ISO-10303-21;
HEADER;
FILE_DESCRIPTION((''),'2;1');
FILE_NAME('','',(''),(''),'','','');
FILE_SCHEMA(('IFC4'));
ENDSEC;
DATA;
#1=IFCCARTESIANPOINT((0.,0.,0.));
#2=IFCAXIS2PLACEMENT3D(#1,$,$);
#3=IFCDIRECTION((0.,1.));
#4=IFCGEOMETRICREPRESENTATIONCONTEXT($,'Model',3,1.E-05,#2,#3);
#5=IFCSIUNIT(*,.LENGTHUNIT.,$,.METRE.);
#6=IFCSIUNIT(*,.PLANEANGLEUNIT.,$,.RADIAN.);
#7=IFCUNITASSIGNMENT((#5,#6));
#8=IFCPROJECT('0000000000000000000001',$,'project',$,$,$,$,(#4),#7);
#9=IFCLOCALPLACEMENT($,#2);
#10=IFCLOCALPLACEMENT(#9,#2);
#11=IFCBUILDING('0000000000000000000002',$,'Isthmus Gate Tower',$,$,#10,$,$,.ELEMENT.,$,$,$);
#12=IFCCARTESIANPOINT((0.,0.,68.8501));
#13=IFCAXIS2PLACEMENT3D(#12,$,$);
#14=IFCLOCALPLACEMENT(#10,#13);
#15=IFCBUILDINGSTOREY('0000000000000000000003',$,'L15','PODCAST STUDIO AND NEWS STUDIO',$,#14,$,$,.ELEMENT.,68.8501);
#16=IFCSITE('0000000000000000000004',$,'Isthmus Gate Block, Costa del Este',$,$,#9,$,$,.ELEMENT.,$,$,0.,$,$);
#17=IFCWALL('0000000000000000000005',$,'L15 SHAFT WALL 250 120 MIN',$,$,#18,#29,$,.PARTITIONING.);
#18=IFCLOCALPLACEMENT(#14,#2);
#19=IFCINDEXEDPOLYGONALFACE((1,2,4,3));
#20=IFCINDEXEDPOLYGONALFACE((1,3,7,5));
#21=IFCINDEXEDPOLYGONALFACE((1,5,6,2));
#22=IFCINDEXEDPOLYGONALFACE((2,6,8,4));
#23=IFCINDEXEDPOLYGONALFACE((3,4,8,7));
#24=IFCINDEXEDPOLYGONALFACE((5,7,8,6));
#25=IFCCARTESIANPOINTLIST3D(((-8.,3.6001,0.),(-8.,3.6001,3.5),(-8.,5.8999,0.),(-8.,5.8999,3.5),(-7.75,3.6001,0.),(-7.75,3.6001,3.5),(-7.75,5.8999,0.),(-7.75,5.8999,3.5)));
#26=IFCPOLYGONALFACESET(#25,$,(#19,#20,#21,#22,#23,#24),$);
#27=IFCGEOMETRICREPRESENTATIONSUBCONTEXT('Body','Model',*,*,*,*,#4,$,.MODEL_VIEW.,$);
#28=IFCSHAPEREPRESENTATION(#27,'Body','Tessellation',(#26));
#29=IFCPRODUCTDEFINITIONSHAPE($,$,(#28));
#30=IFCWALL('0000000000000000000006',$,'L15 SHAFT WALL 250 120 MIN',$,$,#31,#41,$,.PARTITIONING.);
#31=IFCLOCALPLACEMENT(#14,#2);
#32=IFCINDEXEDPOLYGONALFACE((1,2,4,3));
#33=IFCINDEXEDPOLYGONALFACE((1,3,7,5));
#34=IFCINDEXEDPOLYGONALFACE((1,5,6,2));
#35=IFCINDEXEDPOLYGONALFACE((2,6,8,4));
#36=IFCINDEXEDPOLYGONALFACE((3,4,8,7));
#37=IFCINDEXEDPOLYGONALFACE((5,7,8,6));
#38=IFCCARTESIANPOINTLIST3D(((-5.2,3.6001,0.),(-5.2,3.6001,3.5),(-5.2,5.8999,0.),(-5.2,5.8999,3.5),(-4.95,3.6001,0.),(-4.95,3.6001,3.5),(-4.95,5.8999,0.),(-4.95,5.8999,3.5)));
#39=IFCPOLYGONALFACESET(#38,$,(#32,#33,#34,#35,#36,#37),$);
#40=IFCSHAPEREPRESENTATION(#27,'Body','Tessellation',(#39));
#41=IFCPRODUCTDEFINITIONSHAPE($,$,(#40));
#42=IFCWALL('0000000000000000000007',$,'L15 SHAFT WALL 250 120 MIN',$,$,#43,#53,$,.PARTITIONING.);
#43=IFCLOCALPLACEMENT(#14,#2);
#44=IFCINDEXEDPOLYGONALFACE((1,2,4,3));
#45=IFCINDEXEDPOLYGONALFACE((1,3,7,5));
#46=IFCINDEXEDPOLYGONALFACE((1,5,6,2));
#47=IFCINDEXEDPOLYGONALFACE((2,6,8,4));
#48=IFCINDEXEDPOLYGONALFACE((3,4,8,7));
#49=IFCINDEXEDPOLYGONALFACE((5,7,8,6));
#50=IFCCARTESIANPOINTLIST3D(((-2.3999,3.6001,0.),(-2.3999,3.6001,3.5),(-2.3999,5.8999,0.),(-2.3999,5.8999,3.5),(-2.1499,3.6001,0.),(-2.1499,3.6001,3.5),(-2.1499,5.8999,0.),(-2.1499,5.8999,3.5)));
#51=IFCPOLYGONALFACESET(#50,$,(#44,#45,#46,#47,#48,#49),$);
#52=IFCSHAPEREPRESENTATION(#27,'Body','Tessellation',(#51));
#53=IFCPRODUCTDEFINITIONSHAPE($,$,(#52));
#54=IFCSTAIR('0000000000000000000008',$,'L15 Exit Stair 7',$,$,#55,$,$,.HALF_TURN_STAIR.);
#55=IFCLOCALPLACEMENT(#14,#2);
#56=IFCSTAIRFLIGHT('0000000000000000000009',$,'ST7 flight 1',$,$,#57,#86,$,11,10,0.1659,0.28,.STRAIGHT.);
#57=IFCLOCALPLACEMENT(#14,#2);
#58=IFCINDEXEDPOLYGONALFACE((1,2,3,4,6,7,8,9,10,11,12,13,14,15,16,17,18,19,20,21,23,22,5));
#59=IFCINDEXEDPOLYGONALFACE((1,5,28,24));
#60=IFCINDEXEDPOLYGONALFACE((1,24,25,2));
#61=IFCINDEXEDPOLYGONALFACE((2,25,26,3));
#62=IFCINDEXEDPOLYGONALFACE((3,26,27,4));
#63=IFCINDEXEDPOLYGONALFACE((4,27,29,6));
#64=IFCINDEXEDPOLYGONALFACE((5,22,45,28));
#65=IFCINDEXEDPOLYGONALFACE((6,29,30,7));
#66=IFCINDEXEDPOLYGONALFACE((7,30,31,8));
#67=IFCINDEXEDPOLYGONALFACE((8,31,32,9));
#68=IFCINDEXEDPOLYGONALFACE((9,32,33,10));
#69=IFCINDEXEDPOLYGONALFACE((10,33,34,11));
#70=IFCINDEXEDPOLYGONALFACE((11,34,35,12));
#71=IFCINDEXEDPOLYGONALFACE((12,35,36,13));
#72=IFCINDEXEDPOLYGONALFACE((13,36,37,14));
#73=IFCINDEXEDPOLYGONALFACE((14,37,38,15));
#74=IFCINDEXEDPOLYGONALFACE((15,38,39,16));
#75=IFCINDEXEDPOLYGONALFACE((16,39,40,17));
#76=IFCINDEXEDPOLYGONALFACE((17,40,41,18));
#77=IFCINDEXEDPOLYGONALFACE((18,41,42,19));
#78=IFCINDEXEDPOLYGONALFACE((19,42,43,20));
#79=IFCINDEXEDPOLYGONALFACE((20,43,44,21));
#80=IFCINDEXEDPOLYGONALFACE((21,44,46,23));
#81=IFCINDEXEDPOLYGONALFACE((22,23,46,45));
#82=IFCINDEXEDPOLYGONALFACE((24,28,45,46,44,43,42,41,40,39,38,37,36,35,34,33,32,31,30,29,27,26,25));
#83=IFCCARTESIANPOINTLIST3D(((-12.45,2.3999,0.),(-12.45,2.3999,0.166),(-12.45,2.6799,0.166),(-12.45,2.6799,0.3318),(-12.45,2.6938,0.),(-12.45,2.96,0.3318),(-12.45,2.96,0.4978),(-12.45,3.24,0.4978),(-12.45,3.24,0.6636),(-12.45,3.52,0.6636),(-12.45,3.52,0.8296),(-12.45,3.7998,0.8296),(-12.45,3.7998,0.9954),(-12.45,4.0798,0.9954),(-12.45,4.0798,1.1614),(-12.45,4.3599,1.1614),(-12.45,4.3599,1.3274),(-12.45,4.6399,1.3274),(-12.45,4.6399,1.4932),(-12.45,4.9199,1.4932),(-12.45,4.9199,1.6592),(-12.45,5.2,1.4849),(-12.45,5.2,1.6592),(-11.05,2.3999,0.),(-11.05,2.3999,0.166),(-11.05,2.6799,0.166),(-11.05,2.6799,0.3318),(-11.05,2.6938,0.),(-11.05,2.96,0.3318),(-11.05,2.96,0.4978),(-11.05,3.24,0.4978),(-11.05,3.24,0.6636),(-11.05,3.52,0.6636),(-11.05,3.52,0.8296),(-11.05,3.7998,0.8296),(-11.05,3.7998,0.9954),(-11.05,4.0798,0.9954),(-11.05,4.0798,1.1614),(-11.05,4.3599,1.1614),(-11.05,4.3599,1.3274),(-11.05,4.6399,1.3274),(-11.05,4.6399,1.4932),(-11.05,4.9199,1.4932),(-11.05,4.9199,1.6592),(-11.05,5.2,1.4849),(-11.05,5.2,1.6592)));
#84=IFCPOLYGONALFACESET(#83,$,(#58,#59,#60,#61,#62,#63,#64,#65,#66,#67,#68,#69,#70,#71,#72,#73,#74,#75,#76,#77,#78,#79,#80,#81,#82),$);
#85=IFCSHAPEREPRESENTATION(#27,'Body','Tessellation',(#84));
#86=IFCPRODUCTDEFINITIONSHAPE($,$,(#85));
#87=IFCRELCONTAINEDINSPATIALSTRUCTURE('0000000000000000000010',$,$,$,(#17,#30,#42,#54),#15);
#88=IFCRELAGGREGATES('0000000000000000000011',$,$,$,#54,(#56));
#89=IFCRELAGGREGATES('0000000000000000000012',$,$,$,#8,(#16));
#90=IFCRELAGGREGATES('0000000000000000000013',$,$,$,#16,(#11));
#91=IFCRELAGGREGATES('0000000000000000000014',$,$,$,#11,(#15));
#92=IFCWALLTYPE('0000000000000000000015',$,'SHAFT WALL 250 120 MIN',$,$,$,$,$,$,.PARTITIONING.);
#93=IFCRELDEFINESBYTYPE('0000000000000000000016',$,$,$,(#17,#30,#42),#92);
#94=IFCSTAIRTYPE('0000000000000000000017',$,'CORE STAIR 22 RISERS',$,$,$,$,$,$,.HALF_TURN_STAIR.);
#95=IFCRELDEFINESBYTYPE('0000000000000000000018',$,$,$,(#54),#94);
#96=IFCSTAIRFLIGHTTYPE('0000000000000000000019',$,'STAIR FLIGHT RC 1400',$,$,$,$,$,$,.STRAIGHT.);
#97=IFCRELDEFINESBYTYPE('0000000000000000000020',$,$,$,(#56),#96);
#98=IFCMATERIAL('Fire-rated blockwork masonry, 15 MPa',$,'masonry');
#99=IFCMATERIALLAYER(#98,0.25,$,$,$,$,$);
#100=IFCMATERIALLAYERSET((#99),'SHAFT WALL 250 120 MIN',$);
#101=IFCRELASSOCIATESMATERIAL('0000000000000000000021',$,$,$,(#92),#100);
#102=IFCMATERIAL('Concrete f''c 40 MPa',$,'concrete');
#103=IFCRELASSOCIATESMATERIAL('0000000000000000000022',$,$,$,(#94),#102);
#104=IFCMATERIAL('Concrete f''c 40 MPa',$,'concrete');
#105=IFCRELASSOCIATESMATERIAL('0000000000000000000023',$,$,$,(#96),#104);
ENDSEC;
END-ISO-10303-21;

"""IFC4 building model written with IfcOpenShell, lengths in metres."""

from ifc_helpers import new_model, si_unit, direction, frame, frame_2d, origin, place, context, subcontext, project, spatial, polyline, rectangle, outline, extrude, material, layer, layer_set, type_object, element, aggregate, save


model = new_model("IFC4")

# Units and contexts
model_context = context("Model", 3, precision=1e-05, world=origin(), true_north=direction((0.0, 1.0)))
body_context = subcontext(model_context, "Body", "Model", "MODEL_VIEW")
ifc_project = project(units=[si_unit("LENGTHUNIT", "METRE"), si_unit("PLANEANGLEUNIT", "RADIAN")], contexts=[model_context])

# Site, building, storey
site_placement = place(None, origin())
site = spatial("IfcSite", under=ifc_project, at=site_placement, Name="Isthmus Gate Block, Costa del Este", CompositionType="ELEMENT", RefElevation=0.0)
building_placement = place(site_placement, origin())
building = spatial("IfcBuilding", under=site, at=building_placement, Name="Isthmus Gate Tower", CompositionType="ELEMENT")
storey_placement = place(building_placement, frame((0.0, 0.0, 68.8501)))
storey = spatial("IfcBuildingStorey", under=building, at=storey_placement, Name="L15", Description="PODCAST STUDIO AND NEWS STUDIO", CompositionType="ELEMENT", Elevation=68.8501)

# Walls
ifc_material_1 = material(Name="Fire-rated blockwork masonry, 15 MPa", Category="masonry")
ifc_layer_1 = layer(ifc_material_1, 0.25)
ifc_layer_set_1 = layer_set([ifc_layer_1], Name="SHAFT WALL 250 120 MIN")
wall_type_1 = type_object("IfcWallType", Name="SHAFT WALL 250 120 MIN", PredefinedType="PARTITIONING", material=ifc_layer_set_1)
for number, where, z_axis, x_axis, name in (
    (1, (-7.875, 3.6001, 0.0), (0.0, 0.0, 1.0), (0.0, 1.0, 0.0), "L15 SHAFT WALL 250 120 MIN"),
    (2, (-5.075, 3.6001, 0.0), (0.0, 0.0, 1.0), (0.0, 1.0, 0.0), "L15 SHAFT WALL 250 120 MIN"),
    (3, (-2.2749, 3.6001, 0.0), (0.0, 0.0, 1.0), (0.0, 1.0, 0.0), "L15 SHAFT WALL 250 120 MIN"),
):
    element("IfcWall", number, at=place(storey_placement, frame(where, z_axis=z_axis, x_axis=x_axis)), inside=storey, type_object=wall_type_1, Name=name, PredefinedType="PARTITIONING", context=body_context, shape_type="SweptSolid", body=[
        extrude(rectangle(XDim=2.2998, YDim=0.25, at=frame_2d((1.1499, 0.0))), origin(), (0.0, 0.0, 1.0), 3.5),
    ])

# Stair, stair flight
ifc_material_2 = material(Name="Concrete f'c 40 MPa", Category="concrete")
stair_type = type_object("IfcStairType", Name="CORE STAIR 22 RISERS", PredefinedType="HALF_TURN_STAIR", material=ifc_material_2)
stair_placement = place(storey_placement, origin())
stair = element("IfcStair", 4, at=stair_placement, inside=storey, type_object=stair_type, Name="L15 Exit Stair 7", PredefinedType="HALF_TURN_STAIR")
ifc_material_3 = material(Name="Concrete f'c 40 MPa", Category="concrete")
stair_flight_type = type_object("IfcStairFlightType", Name="STAIR FLIGHT RC 1400", PredefinedType="STRAIGHT", material=ifc_material_3)
stair_flight_placement = place(storey_placement, frame((-11.75, 2.3999, 0.0), z_axis=(0.0, 0.0, 1.0), x_axis=(0.0, 1.0, 0.0)))
stair_flight = element("IfcStairFlight", 5, at=stair_flight_placement, type_object=stair_flight_type, Name="ST7 flight 1", NumberOfRisers=11, NumberOfTreads=10, PredefinedType="STRAIGHT", RiserHeight=0.1659, TreadLength=0.28, context=body_context, shape_type="SweptSolid", body=[
    extrude(outline(polyline([(0.0, 0.0), (0.0, 0.166), (0.28, 0.166), (0.28, 0.3318), (0.5601, 0.3318), (0.5601, 0.4978), (0.8401, 0.4978), (0.8401, 0.6636), (1.1201, 0.6636), (1.1201, 0.8296), (1.3999, 0.8296), (1.3999, 0.9954), (1.6799, 0.9954), (1.6799, 1.1614), (1.96, 1.1614), (1.96, 1.3274), (2.24, 1.3274), (2.24, 1.4932), (2.52, 1.4932), (2.52, 1.6592), (2.8, 1.6592), (2.8, 1.825), (2.8, 1.4849), (0.2939, 0.0), (0.0, 0.0)])), frame((0.0, 0.7, 0.0), z_axis=(0.0, -1.0, 0.0), x_axis=(1.0, 0.0, 0.0)), (0.0, 0.0, 1.0), 1.3999),
])
aggregate(stair, [stair_flight])

save(model, "model.ifc")
